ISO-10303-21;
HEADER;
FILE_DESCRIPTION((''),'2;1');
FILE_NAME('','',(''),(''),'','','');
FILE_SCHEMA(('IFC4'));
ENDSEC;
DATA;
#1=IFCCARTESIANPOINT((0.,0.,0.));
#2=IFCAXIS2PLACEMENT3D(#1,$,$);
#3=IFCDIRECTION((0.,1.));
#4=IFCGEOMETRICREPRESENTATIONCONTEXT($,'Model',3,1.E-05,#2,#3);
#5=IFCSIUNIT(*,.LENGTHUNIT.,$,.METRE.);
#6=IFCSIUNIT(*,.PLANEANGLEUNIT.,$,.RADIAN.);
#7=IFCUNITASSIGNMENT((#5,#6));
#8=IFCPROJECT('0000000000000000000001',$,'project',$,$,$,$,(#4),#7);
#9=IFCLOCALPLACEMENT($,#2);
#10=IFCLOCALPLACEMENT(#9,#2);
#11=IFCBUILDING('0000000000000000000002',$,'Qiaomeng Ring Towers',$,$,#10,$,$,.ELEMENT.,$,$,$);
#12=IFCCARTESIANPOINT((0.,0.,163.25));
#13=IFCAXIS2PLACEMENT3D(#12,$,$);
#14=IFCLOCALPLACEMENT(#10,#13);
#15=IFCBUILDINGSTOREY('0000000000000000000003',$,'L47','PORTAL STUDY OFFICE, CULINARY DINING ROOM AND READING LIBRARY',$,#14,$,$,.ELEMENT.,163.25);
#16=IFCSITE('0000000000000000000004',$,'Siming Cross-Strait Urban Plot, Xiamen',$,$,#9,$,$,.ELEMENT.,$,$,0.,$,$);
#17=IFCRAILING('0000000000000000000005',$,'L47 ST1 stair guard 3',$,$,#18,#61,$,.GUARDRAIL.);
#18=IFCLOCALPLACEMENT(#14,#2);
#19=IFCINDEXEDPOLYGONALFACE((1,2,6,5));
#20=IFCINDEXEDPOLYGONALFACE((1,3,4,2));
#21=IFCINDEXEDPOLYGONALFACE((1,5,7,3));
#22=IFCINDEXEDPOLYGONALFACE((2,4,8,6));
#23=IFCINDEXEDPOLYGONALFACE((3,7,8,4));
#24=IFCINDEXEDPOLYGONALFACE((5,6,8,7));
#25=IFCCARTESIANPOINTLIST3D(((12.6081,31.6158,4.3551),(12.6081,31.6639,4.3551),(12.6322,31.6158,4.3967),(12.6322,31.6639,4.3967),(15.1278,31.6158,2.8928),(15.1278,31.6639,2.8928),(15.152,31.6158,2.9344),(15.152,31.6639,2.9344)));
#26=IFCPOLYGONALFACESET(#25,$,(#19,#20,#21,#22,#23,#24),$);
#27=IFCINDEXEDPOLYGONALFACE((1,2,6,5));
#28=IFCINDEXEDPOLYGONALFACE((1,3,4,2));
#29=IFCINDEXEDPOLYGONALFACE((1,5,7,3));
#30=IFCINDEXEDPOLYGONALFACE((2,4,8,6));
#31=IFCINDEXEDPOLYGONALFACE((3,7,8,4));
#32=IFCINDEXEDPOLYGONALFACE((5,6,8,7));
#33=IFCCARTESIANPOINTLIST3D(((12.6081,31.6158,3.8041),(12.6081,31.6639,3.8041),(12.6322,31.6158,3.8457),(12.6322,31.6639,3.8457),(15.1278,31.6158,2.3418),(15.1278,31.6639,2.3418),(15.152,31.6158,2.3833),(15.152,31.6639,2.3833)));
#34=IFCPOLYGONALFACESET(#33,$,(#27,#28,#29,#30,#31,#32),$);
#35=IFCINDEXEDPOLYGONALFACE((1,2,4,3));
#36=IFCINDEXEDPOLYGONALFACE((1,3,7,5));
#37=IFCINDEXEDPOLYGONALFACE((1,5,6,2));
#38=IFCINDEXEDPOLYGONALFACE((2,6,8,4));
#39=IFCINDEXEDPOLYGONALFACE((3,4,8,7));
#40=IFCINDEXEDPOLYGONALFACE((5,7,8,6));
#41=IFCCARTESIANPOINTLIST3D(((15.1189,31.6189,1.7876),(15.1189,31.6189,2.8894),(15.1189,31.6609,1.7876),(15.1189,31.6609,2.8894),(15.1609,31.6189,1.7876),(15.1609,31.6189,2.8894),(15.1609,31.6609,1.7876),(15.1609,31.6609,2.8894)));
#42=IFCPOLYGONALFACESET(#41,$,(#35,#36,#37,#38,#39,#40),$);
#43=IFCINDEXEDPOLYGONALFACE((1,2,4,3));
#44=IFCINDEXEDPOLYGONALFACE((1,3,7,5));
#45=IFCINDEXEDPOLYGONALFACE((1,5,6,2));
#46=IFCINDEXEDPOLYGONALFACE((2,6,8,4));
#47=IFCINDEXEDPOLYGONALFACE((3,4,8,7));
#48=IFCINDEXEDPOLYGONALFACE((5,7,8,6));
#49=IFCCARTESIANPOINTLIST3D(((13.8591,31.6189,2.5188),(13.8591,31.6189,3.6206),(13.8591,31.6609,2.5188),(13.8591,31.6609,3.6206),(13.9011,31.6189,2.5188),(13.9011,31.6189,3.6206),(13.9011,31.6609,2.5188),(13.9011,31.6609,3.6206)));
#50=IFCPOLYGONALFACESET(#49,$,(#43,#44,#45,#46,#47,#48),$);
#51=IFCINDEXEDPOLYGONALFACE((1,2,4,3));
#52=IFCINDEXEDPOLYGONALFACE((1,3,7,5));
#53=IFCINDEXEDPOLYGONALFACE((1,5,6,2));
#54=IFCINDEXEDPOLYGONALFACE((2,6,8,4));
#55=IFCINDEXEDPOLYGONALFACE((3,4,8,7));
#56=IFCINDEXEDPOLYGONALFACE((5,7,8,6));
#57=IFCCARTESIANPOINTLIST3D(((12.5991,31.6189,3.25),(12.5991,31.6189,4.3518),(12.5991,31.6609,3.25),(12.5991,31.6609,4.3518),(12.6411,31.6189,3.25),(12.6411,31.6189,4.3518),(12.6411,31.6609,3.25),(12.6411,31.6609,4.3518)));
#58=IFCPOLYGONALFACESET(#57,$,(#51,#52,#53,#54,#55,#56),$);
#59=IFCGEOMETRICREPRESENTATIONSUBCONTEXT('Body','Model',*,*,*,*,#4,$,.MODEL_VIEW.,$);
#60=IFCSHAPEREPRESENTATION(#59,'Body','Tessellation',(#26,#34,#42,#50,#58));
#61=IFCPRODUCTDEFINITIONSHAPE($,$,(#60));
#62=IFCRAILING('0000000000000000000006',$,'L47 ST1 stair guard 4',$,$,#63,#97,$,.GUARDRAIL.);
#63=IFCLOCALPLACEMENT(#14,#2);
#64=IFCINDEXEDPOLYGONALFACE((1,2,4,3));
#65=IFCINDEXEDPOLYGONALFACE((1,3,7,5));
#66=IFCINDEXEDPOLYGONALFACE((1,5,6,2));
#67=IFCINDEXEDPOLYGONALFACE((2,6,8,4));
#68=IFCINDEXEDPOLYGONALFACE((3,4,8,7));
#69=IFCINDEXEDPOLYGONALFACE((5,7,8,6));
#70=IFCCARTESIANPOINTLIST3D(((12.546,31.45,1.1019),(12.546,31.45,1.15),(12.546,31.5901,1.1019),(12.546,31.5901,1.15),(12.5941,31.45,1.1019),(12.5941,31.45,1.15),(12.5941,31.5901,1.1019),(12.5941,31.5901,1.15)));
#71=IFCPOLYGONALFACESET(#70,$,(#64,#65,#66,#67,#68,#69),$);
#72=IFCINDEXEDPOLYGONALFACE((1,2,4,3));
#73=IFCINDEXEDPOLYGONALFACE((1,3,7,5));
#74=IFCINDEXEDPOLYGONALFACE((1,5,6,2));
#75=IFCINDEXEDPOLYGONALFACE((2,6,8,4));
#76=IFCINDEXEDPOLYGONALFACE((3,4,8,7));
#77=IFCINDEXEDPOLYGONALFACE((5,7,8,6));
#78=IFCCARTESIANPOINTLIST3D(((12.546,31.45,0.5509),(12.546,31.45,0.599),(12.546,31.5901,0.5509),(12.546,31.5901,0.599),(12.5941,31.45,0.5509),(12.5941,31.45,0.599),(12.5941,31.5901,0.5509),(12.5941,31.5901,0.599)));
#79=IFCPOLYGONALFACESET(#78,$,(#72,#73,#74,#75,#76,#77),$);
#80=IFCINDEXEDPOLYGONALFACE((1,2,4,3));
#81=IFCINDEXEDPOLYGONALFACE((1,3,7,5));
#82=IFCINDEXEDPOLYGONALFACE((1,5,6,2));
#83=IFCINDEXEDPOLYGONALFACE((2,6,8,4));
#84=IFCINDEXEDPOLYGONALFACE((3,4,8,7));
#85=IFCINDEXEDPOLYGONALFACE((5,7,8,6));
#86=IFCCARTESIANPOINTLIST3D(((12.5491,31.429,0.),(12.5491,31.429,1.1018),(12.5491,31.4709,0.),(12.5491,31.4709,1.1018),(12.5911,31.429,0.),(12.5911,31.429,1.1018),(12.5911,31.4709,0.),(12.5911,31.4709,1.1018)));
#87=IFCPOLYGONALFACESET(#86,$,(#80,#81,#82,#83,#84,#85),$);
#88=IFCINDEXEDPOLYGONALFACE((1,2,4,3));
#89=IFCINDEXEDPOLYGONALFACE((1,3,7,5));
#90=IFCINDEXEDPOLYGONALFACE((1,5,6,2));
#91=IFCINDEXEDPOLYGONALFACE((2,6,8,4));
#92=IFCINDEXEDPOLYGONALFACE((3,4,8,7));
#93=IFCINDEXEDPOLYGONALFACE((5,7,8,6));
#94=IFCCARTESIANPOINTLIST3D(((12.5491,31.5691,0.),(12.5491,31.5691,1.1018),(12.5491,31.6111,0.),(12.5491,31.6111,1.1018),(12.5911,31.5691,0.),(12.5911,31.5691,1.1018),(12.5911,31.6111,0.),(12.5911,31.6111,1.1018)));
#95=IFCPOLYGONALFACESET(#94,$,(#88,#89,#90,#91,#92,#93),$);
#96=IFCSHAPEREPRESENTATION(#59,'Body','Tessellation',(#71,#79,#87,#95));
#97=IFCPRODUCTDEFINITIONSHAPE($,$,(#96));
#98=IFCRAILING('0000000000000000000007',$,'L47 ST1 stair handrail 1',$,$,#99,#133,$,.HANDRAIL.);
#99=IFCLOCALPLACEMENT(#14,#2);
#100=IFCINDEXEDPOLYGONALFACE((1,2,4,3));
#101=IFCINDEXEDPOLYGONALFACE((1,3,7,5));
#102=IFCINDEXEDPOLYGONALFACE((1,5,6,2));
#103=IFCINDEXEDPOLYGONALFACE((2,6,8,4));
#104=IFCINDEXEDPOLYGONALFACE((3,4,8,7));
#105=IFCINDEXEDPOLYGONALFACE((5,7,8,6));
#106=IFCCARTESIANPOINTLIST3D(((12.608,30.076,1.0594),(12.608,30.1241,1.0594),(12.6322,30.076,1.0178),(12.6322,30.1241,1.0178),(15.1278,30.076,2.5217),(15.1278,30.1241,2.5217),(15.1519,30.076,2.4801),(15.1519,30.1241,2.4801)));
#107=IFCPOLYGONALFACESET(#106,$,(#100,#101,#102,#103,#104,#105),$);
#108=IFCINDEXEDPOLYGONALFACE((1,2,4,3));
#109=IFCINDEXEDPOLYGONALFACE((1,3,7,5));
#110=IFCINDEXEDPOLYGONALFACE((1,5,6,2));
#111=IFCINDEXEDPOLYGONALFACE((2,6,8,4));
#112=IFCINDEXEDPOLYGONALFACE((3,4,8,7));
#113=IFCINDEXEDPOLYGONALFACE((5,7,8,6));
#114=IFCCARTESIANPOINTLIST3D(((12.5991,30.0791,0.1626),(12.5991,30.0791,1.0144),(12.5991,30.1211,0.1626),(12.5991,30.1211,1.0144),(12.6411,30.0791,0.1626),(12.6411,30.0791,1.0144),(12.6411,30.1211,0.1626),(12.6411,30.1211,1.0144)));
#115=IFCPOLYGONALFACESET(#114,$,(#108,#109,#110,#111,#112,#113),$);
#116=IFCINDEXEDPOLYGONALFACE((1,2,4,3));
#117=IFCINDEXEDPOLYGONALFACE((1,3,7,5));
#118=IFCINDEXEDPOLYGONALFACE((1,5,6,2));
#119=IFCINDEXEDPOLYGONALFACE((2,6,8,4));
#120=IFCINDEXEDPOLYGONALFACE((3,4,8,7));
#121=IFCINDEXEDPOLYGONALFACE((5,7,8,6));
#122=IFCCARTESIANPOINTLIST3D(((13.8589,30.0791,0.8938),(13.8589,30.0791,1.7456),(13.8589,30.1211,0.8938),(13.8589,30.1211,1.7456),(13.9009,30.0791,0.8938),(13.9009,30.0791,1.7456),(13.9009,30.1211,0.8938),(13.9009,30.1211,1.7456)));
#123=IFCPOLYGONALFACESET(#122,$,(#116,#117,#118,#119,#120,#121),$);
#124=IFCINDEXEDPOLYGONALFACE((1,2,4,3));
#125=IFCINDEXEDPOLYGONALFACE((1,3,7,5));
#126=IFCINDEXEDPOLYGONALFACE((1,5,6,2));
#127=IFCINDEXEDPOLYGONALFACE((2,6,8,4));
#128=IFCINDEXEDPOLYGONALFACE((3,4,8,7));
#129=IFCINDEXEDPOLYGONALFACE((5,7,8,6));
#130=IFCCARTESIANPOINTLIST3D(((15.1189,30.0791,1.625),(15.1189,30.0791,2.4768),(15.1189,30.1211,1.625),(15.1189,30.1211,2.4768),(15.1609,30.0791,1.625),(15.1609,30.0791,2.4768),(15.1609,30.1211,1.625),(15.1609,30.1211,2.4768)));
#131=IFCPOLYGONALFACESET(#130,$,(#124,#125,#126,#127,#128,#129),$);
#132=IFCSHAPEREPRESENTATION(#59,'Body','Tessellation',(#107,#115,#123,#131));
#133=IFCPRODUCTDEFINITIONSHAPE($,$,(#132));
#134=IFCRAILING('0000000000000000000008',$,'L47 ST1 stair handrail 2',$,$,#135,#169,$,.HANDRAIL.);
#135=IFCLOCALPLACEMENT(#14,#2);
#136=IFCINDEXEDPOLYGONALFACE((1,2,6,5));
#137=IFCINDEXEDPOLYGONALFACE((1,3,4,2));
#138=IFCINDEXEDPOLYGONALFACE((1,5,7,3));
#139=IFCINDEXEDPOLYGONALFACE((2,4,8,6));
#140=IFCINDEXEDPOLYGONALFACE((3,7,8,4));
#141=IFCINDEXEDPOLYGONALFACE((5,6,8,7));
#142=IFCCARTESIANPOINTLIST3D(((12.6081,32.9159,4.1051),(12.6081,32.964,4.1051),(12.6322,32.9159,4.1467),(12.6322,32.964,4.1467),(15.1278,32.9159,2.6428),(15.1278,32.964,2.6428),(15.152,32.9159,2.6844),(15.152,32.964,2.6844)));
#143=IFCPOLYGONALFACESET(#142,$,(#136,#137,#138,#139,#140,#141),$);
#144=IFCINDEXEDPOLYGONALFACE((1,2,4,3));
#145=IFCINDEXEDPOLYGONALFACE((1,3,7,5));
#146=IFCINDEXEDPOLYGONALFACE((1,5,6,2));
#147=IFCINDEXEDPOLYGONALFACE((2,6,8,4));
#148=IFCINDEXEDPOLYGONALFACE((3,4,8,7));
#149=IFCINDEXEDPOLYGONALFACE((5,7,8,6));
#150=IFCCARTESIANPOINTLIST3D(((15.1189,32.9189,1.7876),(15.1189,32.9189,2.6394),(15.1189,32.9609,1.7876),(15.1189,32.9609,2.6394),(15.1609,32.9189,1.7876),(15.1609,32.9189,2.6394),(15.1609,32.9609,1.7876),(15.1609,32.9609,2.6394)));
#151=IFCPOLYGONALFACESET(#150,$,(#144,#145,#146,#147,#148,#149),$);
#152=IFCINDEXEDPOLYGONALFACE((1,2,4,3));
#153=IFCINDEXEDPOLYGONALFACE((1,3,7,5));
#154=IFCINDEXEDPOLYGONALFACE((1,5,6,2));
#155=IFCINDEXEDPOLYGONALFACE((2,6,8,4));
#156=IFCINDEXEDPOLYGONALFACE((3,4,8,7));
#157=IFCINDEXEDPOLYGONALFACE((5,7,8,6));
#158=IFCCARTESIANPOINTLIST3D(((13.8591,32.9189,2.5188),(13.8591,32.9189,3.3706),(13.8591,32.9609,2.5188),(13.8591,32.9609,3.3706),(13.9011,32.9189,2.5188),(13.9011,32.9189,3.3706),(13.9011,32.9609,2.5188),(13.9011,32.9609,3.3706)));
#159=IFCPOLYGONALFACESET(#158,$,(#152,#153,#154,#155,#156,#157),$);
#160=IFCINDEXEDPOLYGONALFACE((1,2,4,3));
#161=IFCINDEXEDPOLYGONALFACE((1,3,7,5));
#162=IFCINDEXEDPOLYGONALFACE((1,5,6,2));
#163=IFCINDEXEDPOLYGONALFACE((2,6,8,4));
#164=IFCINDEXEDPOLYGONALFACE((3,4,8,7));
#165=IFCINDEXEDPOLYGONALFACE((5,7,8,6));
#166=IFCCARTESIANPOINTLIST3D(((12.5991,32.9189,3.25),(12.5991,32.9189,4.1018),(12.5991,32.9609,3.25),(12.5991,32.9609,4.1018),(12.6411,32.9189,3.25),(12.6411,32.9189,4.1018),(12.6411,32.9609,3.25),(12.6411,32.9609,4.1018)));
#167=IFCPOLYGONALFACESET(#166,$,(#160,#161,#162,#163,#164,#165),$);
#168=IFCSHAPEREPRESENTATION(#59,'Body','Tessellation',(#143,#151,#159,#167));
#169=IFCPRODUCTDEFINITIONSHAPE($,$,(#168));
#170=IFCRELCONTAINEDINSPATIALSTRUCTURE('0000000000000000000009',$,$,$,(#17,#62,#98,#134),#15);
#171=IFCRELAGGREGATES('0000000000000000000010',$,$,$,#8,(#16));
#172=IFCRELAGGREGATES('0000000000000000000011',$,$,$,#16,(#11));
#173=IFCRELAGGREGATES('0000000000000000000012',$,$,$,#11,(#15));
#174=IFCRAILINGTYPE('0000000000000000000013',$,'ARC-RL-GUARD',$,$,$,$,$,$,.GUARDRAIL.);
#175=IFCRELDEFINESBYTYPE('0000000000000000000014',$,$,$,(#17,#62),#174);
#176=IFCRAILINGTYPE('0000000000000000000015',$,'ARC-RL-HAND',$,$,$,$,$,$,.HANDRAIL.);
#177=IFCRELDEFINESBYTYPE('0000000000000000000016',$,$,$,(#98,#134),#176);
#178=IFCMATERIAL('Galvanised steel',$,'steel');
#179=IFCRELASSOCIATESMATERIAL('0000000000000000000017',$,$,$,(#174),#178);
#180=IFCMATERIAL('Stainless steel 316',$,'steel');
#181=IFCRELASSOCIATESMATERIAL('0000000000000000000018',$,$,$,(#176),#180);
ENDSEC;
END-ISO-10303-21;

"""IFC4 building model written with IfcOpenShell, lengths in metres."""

from ifc_helpers import new_model, si_unit, direction, frame, origin, origin_2d, place, context, subcontext, project, spatial, rectangle, extrude, material, type_object, element, save


model = new_model("IFC4")

# Units and contexts
model_context = context("Model", 3, precision=1e-05, world=origin(), true_north=direction((0.0, 1.0)))
body_context = subcontext(model_context, "Body", "Model", "MODEL_VIEW")
ifc_project = project(units=[si_unit("LENGTHUNIT", "METRE"), si_unit("PLANEANGLEUNIT", "RADIAN")], contexts=[model_context])

# Site, building, storey
site_placement = place(None, origin())
site = spatial("IfcSite", under=ifc_project, at=site_placement, Name="Siming Cross-Strait Urban Plot, Xiamen", CompositionType="ELEMENT", RefElevation=0.0)
building_placement = place(site_placement, origin())
building = spatial("IfcBuilding", under=site, at=building_placement, Name="Qiaomeng Ring Towers", CompositionType="ELEMENT")
storey_placement = place(building_placement, frame((0.0, 0.0, 163.25)))
storey = spatial("IfcBuildingStorey", under=building, at=storey_placement, Name="L47", Description="PORTAL STUDY OFFICE, CULINARY DINING ROOM AND READING LIBRARY", CompositionType="ELEMENT", Elevation=163.25)

# Shared definitions
ifc_material_1 = material(Name="Galvanised steel", Category="steel")

# Railings
railing_type_1 = type_object("IfcRailingType", Name="ARC-RL-GUARD", PredefinedType="GUARDRAIL", material=ifc_material_1)
railing_1_placement = place(storey_placement, frame((15.1399, 31.6399, 1.7876)))
element("IfcRailing", 1, at=railing_1_placement, inside=storey, type_object=railing_type_1, Name="L47 ST1 stair guard 3", PredefinedType="GUARDRAIL", context=body_context, shape_type="SweptSolid", body=[
    extrude(rectangle(XDim=0.0481, YDim=0.0481, at=origin_2d()), frame((0.0, 0.0, 1.126), z_axis=(-0.864892, 0.0, 0.501958), x_axis=(0.0, -1.0, 0.0)), (0.0, 0.0, 1.0), 2.9133),
    extrude(rectangle(XDim=0.0481, YDim=0.0481, at=origin_2d()), frame((0.0, 0.0, 0.575), z_axis=(-0.864892, 0.0, 0.501958), x_axis=(0.0, -1.0, 0.0)), (0.0, 0.0, 1.0), 2.9133),
    extrude(rectangle(XDim=0.042, YDim=0.042, at=origin_2d()), origin(), (0.0, 0.0, 1.0), 1.1018),
    extrude(rectangle(XDim=0.042, YDim=0.042, at=origin_2d()), frame((-1.2598, 0.0, 0.7312)), (0.0, 0.0, 1.0), 1.1018),
    extrude(rectangle(XDim=0.042, YDim=0.042, at=origin_2d()), frame((-2.5198, 0.0, 1.4624)), (0.0, 0.0, 1.0), 1.1018),
])
railing_2_placement = place(storey_placement, frame((12.5701, 31.45, 0.0)))
element("IfcRailing", 2, at=railing_2_placement, inside=storey, type_object=railing_type_1, Name="L47 ST1 stair guard 4", PredefinedType="GUARDRAIL", context=body_context, shape_type="SweptSolid", body=[
    extrude(rectangle(XDim=0.0481, YDim=0.0481, at=origin_2d()), frame((0.0, 0.0, 1.126), z_axis=(0.0, 1.0, 0.0), x_axis=(-1.0, 0.0, 0.0)), (0.0, 0.0, 1.0), 0.1401),
    extrude(rectangle(XDim=0.0481, YDim=0.0481, at=origin_2d()), frame((0.0, 0.0, 0.575), z_axis=(0.0, 1.0, 0.0), x_axis=(-1.0, 0.0, 0.0)), (0.0, 0.0, 1.0), 0.1401),
    extrude(rectangle(XDim=0.042, YDim=0.042, at=origin_2d()), origin(), (0.0, 0.0, 1.0), 1.1018),
    extrude(rectangle(XDim=0.042, YDim=0.042, at=origin_2d()), frame((0.0, 0.1401, 0.0)), (0.0, 0.0, 1.0), 1.1018),
])
ifc_material_2 = material(Name="Stainless steel 316", Category="steel")
railing_type_2 = type_object("IfcRailingType", Name="ARC-RL-HAND", PredefinedType="HANDRAIL", material=ifc_material_2)
railing_3_placement = place(storey_placement, frame((12.6201, 30.1001, 0.1626)))
element("IfcRailing", 3, at=railing_3_placement, inside=storey, type_object=railing_type_2, Name="L47 ST1 stair handrail 1", PredefinedType="HANDRAIL", context=body_context, shape_type="SweptSolid", body=[
    extrude(rectangle(XDim=0.0481, YDim=0.0481, at=origin_2d()), frame((0.0, 0.0, 0.876), z_axis=(0.864892, 0.0, 0.501958), x_axis=(0.0, 1.0, 0.0)), (0.0, 0.0, 1.0), 2.9133),
    extrude(rectangle(XDim=0.042, YDim=0.042, at=origin_2d()), origin(), (0.0, 0.0, 1.0), 0.8518),
    extrude(rectangle(XDim=0.042, YDim=0.042, at=origin_2d()), frame((1.2598, 0.0, 0.7312)), (0.0, 0.0, 1.0), 0.8518),
    extrude(rectangle(XDim=0.042, YDim=0.042, at=origin_2d()), frame((2.5198, 0.0, 1.4624)), (0.0, 0.0, 1.0), 0.8518),
])
railing_4_placement = place(storey_placement, frame((15.1399, 32.9399, 1.7876)))
element("IfcRailing", 4, at=railing_4_placement, inside=storey, type_object=railing_type_2, Name="L47 ST1 stair handrail 2", PredefinedType="HANDRAIL", context=body_context, shape_type="SweptSolid", body=[
    extrude(rectangle(XDim=0.0481, YDim=0.0481, at=origin_2d()), frame((0.0, 0.0, 0.876), z_axis=(-0.864892, 0.0, 0.501958), x_axis=(0.0, -1.0, 0.0)), (0.0, 0.0, 1.0), 2.9133),
    extrude(rectangle(XDim=0.042, YDim=0.042, at=origin_2d()), origin(), (0.0, 0.0, 1.0), 0.8518),
    extrude(rectangle(XDim=0.042, YDim=0.042, at=origin_2d()), frame((-1.2598, 0.0, 0.7312)), (0.0, 0.0, 1.0), 0.8518),
    extrude(rectangle(XDim=0.042, YDim=0.042, at=origin_2d()), frame((-2.5198, 0.0, 1.4624)), (0.0, 0.0, 1.0), 0.8518),
])

save(model, "model.ifc")
